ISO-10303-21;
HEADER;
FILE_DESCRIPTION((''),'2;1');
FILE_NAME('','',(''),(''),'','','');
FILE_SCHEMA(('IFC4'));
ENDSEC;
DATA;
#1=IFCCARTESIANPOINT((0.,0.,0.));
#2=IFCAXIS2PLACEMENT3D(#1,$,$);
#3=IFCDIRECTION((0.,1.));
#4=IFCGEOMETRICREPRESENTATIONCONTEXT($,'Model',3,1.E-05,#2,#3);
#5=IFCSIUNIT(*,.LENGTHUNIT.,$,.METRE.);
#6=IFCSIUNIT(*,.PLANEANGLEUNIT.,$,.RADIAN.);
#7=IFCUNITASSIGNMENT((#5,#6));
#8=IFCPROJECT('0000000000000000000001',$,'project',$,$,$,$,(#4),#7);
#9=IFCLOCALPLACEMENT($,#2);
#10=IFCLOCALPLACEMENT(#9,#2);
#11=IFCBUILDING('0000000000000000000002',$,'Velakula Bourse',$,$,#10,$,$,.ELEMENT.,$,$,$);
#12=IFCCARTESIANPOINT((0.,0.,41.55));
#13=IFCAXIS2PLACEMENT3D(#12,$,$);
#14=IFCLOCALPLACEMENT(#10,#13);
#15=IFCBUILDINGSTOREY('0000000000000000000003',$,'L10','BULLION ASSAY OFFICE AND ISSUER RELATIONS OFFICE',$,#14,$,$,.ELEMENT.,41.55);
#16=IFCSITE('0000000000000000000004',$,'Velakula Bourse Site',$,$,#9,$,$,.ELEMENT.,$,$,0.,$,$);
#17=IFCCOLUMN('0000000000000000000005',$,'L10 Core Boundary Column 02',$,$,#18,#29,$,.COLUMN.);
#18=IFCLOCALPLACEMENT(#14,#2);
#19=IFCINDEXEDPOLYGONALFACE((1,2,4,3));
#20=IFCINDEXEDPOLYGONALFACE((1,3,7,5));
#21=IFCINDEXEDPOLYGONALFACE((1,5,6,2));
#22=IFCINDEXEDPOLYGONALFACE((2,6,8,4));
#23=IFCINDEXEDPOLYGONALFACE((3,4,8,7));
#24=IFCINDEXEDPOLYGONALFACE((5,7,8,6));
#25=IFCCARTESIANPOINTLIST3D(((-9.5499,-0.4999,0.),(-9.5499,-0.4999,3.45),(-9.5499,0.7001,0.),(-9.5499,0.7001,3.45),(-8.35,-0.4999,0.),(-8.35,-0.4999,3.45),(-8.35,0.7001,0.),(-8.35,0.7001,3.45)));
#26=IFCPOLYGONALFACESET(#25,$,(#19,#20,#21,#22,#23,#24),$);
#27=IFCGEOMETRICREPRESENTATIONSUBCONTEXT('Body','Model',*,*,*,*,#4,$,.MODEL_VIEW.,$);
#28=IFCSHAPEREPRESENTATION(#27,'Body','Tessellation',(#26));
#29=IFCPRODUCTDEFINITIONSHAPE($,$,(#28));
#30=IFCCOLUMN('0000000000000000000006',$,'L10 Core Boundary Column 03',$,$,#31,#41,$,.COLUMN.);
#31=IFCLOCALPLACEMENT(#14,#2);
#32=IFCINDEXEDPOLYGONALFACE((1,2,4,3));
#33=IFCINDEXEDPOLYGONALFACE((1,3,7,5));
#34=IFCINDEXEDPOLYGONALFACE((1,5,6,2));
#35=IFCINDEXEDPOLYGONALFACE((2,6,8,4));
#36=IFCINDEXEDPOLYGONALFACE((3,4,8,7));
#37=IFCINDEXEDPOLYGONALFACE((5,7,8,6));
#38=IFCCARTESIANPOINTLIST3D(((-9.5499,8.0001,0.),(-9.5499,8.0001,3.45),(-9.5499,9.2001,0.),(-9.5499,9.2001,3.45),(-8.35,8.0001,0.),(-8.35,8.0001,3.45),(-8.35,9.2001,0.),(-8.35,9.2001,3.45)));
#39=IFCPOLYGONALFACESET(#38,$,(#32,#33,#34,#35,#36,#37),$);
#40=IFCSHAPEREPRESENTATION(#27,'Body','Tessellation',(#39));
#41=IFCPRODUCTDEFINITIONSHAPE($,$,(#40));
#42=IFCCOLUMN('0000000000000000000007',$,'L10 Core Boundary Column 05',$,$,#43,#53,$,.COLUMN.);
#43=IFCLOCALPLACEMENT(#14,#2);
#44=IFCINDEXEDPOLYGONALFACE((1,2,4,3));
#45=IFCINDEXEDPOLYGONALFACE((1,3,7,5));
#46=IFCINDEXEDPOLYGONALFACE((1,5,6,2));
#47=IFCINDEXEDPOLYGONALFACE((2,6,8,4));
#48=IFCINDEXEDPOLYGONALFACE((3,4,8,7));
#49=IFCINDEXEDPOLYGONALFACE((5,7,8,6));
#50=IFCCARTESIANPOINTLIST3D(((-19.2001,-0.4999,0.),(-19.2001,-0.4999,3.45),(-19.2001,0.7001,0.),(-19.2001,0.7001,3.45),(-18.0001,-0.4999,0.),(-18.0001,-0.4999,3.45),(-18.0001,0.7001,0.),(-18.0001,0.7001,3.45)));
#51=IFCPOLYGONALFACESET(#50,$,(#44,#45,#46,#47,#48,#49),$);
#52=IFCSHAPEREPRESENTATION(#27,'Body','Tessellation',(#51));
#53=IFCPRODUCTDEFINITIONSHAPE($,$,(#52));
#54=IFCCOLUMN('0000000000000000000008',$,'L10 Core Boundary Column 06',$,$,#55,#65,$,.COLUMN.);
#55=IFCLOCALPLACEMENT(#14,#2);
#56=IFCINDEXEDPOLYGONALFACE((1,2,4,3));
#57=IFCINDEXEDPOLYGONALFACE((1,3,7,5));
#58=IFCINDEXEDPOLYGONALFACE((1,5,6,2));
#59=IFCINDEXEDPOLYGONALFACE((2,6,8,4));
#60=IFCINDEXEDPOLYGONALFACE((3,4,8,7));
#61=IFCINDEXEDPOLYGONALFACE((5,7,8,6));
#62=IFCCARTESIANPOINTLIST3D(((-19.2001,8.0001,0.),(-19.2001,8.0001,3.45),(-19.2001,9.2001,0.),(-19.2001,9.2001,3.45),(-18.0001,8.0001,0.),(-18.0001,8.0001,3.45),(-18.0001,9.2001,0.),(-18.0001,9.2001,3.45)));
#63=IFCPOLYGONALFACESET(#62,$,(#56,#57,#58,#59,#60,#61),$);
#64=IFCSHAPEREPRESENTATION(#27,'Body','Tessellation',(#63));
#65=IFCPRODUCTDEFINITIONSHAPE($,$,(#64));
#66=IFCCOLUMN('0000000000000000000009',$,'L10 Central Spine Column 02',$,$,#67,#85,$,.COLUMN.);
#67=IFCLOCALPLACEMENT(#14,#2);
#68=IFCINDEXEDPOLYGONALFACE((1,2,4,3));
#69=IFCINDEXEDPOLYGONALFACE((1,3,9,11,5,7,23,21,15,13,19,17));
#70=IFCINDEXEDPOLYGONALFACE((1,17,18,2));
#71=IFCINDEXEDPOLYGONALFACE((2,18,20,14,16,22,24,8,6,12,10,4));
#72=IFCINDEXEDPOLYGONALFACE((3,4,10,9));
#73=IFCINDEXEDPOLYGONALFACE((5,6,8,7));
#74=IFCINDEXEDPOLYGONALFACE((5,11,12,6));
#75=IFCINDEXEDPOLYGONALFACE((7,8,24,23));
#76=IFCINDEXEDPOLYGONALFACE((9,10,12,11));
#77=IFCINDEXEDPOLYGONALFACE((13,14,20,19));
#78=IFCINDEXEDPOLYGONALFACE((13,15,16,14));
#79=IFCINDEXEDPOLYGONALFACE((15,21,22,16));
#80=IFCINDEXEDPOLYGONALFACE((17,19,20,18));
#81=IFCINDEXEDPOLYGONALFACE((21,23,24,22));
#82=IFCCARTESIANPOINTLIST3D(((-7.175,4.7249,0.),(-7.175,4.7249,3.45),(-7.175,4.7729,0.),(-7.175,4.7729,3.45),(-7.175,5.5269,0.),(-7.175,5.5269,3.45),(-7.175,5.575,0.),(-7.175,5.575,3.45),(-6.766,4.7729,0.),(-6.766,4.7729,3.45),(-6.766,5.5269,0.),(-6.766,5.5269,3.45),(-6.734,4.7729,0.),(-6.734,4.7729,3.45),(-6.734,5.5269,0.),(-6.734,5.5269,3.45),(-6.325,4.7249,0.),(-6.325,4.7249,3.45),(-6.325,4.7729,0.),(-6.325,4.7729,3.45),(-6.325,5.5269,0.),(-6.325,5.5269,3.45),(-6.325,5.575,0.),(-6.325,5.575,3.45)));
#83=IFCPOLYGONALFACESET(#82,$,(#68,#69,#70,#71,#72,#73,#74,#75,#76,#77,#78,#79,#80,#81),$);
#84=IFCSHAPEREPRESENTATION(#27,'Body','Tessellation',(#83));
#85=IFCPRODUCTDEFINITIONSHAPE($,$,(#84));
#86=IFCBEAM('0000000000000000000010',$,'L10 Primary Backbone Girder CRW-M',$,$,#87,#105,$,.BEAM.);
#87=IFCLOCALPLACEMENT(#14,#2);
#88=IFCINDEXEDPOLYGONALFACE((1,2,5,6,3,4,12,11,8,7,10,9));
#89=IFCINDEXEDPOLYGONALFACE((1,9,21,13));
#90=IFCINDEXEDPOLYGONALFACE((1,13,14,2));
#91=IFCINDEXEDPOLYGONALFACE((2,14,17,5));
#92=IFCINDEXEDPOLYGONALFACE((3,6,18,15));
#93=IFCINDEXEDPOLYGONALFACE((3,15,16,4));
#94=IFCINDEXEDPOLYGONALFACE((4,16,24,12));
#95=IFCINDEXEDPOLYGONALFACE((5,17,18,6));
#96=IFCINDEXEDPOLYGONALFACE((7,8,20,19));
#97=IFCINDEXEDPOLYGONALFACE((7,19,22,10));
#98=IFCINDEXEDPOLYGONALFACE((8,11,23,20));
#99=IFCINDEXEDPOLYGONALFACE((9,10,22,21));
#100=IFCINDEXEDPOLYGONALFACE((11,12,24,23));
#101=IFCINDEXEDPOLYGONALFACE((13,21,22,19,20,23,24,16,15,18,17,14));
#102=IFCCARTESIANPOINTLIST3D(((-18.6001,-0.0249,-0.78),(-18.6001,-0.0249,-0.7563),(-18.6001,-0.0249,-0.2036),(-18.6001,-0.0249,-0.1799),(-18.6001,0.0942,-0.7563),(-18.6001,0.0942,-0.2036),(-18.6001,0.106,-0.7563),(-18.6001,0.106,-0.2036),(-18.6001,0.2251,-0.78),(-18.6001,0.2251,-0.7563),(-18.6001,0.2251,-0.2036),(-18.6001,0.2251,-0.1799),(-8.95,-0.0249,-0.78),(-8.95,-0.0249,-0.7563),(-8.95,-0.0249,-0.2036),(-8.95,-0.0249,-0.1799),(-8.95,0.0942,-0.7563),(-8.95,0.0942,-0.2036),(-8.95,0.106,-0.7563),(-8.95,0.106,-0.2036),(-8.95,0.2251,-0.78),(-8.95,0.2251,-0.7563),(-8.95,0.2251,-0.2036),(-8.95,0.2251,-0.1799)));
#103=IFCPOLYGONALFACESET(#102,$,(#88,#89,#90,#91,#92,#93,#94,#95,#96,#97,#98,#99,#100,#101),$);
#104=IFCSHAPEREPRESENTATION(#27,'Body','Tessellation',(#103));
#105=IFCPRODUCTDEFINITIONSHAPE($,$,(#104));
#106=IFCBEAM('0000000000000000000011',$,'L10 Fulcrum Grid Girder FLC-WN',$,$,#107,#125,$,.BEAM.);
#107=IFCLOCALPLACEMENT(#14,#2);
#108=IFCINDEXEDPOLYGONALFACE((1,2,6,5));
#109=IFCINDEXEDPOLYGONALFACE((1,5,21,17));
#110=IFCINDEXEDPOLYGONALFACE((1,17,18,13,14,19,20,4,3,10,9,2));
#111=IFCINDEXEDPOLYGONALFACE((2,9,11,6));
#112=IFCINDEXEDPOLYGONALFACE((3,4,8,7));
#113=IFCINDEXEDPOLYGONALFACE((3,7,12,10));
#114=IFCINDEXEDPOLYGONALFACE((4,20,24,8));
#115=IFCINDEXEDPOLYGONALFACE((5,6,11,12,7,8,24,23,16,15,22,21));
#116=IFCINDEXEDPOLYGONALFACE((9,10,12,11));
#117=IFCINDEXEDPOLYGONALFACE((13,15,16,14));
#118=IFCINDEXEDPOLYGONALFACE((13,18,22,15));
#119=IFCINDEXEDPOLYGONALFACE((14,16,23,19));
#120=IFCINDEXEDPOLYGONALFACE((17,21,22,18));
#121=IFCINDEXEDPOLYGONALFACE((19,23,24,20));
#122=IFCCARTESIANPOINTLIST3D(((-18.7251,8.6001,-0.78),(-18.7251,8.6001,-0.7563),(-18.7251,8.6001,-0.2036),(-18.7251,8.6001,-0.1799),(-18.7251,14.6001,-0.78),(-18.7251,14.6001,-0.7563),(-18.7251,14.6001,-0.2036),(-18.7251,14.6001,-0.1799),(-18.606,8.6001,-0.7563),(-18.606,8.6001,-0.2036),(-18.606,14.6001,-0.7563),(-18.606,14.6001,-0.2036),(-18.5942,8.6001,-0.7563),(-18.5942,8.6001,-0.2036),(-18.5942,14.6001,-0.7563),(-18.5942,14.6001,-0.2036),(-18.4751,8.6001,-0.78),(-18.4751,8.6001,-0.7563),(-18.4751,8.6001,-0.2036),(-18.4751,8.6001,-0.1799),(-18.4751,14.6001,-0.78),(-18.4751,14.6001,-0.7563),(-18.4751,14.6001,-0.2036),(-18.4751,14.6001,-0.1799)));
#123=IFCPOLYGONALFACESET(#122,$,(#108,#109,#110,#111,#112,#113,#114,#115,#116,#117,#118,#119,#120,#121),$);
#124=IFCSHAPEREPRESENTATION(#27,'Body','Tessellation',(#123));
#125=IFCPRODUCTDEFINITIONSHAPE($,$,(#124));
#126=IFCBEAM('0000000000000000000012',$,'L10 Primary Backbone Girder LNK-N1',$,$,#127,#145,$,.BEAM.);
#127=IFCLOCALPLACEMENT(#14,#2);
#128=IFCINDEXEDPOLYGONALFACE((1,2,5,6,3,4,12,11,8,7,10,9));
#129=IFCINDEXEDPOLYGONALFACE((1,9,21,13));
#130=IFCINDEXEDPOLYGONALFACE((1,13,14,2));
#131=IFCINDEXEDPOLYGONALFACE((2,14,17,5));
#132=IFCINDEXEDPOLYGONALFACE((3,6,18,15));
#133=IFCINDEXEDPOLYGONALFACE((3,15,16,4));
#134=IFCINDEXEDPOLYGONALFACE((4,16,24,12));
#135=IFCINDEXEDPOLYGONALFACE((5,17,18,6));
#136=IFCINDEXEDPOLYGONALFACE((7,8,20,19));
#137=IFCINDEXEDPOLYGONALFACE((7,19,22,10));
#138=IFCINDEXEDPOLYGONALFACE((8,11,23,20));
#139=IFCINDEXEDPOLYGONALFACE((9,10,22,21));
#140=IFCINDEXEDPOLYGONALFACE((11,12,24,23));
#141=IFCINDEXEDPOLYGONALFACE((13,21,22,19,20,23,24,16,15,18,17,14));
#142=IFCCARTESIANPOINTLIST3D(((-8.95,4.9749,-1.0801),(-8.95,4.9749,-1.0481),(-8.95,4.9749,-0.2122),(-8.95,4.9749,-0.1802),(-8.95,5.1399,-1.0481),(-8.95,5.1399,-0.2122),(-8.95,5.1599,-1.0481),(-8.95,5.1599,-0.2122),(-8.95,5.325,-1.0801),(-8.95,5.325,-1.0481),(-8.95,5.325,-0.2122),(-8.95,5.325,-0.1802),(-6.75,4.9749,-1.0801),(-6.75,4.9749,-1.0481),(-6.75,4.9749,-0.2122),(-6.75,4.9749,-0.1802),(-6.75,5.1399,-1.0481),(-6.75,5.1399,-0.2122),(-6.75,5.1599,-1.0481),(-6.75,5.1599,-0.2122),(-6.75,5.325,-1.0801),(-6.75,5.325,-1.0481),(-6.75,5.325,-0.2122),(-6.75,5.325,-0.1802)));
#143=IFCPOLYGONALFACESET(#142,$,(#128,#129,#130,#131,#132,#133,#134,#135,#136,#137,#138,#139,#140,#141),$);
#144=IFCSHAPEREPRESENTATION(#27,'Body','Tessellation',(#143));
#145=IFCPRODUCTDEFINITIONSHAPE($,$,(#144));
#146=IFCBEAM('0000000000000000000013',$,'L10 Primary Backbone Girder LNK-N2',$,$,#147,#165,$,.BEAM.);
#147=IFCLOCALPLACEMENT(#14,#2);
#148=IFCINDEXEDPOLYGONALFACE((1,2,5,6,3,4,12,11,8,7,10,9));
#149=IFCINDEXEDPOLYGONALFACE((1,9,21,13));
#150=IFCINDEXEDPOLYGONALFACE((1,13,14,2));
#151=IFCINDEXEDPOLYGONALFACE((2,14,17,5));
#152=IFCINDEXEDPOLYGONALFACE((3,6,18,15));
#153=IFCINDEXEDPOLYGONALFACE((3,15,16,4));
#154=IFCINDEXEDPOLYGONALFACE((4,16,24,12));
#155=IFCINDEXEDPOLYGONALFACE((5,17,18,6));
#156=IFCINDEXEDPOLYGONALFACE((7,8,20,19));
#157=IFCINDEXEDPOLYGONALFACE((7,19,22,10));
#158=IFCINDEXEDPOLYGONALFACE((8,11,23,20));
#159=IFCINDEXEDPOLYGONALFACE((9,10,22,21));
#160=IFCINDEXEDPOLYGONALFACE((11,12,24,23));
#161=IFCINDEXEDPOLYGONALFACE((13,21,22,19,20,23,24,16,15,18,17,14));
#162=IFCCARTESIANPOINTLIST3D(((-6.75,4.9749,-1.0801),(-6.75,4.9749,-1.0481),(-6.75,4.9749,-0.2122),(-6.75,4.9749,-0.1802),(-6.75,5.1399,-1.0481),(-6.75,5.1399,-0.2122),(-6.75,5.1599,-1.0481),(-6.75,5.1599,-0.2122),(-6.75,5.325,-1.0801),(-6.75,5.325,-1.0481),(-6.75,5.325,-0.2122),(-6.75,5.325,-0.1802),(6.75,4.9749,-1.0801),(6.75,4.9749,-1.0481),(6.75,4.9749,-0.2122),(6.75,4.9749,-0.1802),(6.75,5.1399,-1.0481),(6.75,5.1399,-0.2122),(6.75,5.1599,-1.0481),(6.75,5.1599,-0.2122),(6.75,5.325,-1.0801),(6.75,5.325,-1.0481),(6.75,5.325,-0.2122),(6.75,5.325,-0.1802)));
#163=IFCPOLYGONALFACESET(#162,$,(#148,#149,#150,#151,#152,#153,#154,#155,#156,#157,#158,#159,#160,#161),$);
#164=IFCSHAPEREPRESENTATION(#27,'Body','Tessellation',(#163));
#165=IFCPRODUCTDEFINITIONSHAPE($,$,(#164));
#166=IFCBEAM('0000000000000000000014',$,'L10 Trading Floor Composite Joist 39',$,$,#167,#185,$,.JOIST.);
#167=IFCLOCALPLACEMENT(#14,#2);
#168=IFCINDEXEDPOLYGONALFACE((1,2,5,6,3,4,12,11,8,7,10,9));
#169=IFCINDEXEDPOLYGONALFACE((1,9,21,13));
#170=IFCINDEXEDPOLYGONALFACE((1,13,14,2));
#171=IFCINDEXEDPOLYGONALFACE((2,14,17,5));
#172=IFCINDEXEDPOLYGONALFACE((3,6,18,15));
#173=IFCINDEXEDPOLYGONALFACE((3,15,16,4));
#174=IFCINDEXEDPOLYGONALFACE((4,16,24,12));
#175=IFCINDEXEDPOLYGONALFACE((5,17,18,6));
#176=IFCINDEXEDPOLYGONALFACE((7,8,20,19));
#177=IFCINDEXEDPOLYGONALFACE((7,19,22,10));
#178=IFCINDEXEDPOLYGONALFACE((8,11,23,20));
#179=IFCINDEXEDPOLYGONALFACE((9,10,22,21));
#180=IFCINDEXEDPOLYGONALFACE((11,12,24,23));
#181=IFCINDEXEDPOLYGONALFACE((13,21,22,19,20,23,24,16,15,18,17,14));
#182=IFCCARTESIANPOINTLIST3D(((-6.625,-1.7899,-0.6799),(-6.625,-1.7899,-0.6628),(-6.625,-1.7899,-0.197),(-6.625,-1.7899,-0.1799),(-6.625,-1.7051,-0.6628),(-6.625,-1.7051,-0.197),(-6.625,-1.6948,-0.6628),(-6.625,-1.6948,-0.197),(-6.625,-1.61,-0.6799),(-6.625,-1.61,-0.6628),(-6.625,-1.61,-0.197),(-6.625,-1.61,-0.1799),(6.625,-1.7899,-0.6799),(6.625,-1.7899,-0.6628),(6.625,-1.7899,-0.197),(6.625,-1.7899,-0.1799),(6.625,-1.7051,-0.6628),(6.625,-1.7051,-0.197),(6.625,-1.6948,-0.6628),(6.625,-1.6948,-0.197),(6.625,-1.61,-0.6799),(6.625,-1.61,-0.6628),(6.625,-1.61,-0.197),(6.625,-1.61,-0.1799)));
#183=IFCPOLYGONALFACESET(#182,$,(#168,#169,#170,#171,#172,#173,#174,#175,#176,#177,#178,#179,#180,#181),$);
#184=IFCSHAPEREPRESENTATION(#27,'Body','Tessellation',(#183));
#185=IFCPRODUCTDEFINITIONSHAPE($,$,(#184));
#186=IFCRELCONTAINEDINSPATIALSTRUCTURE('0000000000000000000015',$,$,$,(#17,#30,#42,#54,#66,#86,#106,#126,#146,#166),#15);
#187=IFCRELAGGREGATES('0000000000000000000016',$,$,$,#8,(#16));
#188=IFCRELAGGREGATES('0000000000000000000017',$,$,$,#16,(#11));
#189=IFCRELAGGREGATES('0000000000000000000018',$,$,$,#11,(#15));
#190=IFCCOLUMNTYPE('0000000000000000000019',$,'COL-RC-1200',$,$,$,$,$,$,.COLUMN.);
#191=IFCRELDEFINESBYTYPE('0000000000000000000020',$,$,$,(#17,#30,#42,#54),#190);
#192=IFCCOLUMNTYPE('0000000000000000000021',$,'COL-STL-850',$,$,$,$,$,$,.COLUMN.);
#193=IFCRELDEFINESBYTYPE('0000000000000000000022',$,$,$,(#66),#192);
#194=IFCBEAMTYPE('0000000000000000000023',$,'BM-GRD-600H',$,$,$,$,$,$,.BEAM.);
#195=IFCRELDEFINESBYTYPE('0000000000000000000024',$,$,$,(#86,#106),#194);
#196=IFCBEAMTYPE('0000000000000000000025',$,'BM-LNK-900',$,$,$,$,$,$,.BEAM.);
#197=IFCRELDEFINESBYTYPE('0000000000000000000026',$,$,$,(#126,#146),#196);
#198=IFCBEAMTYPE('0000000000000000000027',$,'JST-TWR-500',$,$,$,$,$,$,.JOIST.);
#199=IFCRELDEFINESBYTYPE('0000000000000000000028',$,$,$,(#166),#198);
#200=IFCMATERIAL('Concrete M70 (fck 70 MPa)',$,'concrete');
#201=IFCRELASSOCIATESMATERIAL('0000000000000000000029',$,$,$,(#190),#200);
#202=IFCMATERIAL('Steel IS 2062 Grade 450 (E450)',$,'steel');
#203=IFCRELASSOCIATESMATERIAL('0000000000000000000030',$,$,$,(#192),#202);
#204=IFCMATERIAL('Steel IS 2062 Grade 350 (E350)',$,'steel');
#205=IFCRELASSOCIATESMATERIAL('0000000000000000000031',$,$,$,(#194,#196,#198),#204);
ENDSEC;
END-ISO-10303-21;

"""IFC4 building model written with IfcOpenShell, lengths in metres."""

from ifc_helpers import new_model, si_unit, direction, frame, origin, origin_2d, place, context, subcontext, project, spatial, rectangle, i_section, extrude, material, material_profile, profile_set, type_object, element, save


model = new_model("IFC4")

# Units and contexts
model_context = context("Model", 3, precision=1e-05, world=origin(), true_north=direction((0.0, 1.0)))
body_context = subcontext(model_context, "Body", "Model", "MODEL_VIEW")
ifc_project = project(units=[si_unit("LENGTHUNIT", "METRE"), si_unit("PLANEANGLEUNIT", "RADIAN")], contexts=[model_context])

# Site, building, storey
site_placement = place(None, origin())
site = spatial("IfcSite", under=ifc_project, at=site_placement, Name="Velakula Bourse Site", CompositionType="ELEMENT", RefElevation=0.0)
building_placement = place(site_placement, origin())
building = spatial("IfcBuilding", under=site, at=building_placement, Name="Velakula Bourse", CompositionType="ELEMENT")
storey_placement = place(building_placement, frame((0.0, 0.0, 41.55)))
storey = spatial("IfcBuildingStorey", under=building, at=storey_placement, Name="L10", Description="BULLION ASSAY OFFICE AND ISSUER RELATIONS OFFICE", CompositionType="ELEMENT", Elevation=41.55)

# Columns
ifc_material_1 = material(Name="Concrete M70 (fck 70 MPa)", Category="concrete")
ifc_material_profile_1 = material_profile(ifc_material_1, rectangle(XDim=1.2, YDim=1.2, at=origin_2d()), Name="Concrete M70 (fck 70 MPa)")
ifc_profile_set_1 = profile_set([ifc_material_profile_1], Name="Concrete M70 (fck 70 MPa)")
column_type_1 = type_object("IfcColumnType", Name="COL-RC-1200", PredefinedType="COLUMN", material=ifc_profile_set_1)
for number, where, z_axis, x_axis, name in (
    (1, (-8.95, 0.1001, 0.0), (0.0, 0.0, 1.0), (1.0, 0.0, 0.0), "L10 Core Boundary Column 02"),
    (2, (-8.95, 8.6001, 0.0), (0.0, 0.0, 1.0), (1.0, 0.0, 0.0), "L10 Core Boundary Column 03"),
    (3, (-18.6001, 0.1001, 0.0), (0.0, 0.0, 1.0), (1.0, 0.0, 0.0), "L10 Core Boundary Column 05"),
    (4, (-18.6001, 8.6001, 0.0), (0.0, 0.0, 1.0), (1.0, 0.0, 0.0), "L10 Core Boundary Column 06"),
):
    element("IfcColumn", number, at=place(storey_placement, frame(where, z_axis=z_axis, x_axis=x_axis)), inside=storey, type_object=column_type_1, Name=name, PredefinedType="COLUMN", context=body_context, shape_type="SweptSolid", body=[
        extrude(rectangle(XDim=1.2, YDim=1.2, at=origin_2d()), origin(), (0.0, 0.0, 1.0), 3.45),
    ])
ifc_material_2 = material(Name="Steel IS 2062 Grade 450 (E450)", Category="steel")
ifc_material_profile_2 = material_profile(ifc_material_2, i_section(OverallWidth=0.8501, OverallDepth=0.8501, WebThickness=0.032, FlangeThickness=0.0481, at=origin_2d()), Name="Steel IS 2062 Grade 450 (E450)")
ifc_profile_set_2 = profile_set([ifc_material_profile_2], Name="Steel IS 2062 Grade 450 (E450)")
column_type_2 = type_object("IfcColumnType", Name="COL-STL-850", PredefinedType="COLUMN", material=ifc_profile_set_2)
column_placement = place(storey_placement, frame((-6.75, 5.1499, 0.0), z_axis=(0.0, 0.0, 1.0), x_axis=(1.0, 0.0, 0.0)))
element("IfcColumn", 5, at=column_placement, inside=storey, type_object=column_type_2, Name="L10 Central Spine Column 02", PredefinedType="COLUMN", context=body_context, shape_type="SweptSolid", body=[
    extrude(i_section(OverallWidth=0.8501, OverallDepth=0.8501, WebThickness=0.032, FlangeThickness=0.0481, at=origin_2d()), origin(), (0.0, 0.0, 1.0), 3.45),
])

# Beams
ifc_material_3 = material(Name="Steel IS 2062 Grade 350 (E350)", Category="steel")
ifc_material_profile_3 = material_profile(ifc_material_3, i_section(OverallWidth=0.25, OverallDepth=0.6001, WebThickness=0.0117, FlangeThickness=0.0237, at=origin_2d()), Name="Steel IS 2062 Grade 350 (E350)")
ifc_profile_set_3 = profile_set([ifc_material_profile_3], Name="Steel IS 2062 Grade 350 (E350)")
beam_type_1 = type_object("IfcBeamType", Name="BM-GRD-600H", PredefinedType="BEAM", material=ifc_profile_set_3)
beam_1_placement = place(storey_placement, frame((-18.6001, 0.1001, -0.48), z_axis=(1.0, 0.0, 0.0), x_axis=(0.0, 1.0, 0.0)))
element("IfcBeam", 6, at=beam_1_placement, inside=storey, type_object=beam_type_1, Name="L10 Primary Backbone Girder CRW-M", PredefinedType="BEAM", context=body_context, shape_type="SweptSolid", body=[
    extrude(i_section(OverallWidth=0.25, OverallDepth=0.6001, WebThickness=0.0117, FlangeThickness=0.0237, at=origin_2d()), origin(), (0.0, 0.0, 1.0), 9.6501),
])
beam_2_placement = place(storey_placement, frame((-18.6001, 8.6001, -0.48), z_axis=(0.0, 1.0, 0.0), x_axis=(-1.0, 0.0, 0.0)))
element("IfcBeam", 7, at=beam_2_placement, inside=storey, type_object=beam_type_1, Name="L10 Fulcrum Grid Girder FLC-WN", PredefinedType="BEAM", context=body_context, shape_type="SweptSolid", body=[
    extrude(i_section(OverallWidth=0.25, OverallDepth=0.6001, WebThickness=0.0117, FlangeThickness=0.0237, at=origin_2d()), origin(), (0.0, 0.0, 1.0), 6.0),
])
ifc_material_profile_4 = material_profile(ifc_material_3, i_section(OverallWidth=0.3501, OverallDepth=0.8999, WebThickness=0.02, FlangeThickness=0.032, at=origin_2d()), Name="Steel IS 2062 Grade 350 (E350)")
ifc_profile_set_4 = profile_set([ifc_material_profile_4], Name="Steel IS 2062 Grade 350 (E350)")
beam_type_2 = type_object("IfcBeamType", Name="BM-LNK-900", PredefinedType="BEAM", material=ifc_profile_set_4)
beam_3_placement = place(storey_placement, frame((-8.95, 5.1499, -0.6301), z_axis=(1.0, 0.0, 0.0), x_axis=(0.0, 1.0, 0.0)))
element("IfcBeam", 8, at=beam_3_placement, inside=storey, type_object=beam_type_2, Name="L10 Primary Backbone Girder LNK-N1", PredefinedType="BEAM", context=body_context, shape_type="SweptSolid", body=[
    extrude(i_section(OverallWidth=0.3501, OverallDepth=0.8999, WebThickness=0.02, FlangeThickness=0.032, at=origin_2d()), origin(), (0.0, 0.0, 1.0), 2.2),
])
beam_4_placement = place(storey_placement, frame((-6.75, 5.1499, -0.6301), z_axis=(1.0, 0.0, 0.0), x_axis=(0.0, 1.0, 0.0)))
element("IfcBeam", 9, at=beam_4_placement, inside=storey, type_object=beam_type_2, Name="L10 Primary Backbone Girder LNK-N2", PredefinedType="BEAM", context=body_context, shape_type="SweptSolid", body=[
    extrude(i_section(OverallWidth=0.3501, OverallDepth=0.8999, WebThickness=0.02, FlangeThickness=0.032, at=origin_2d()), origin(), (0.0, 0.0, 1.0), 13.5),
])
ifc_material_profile_5 = material_profile(ifc_material_3, i_section(OverallWidth=0.1799, OverallDepth=0.5, WebThickness=0.0103, FlangeThickness=0.0171, at=origin_2d()), Name="Steel IS 2062 Grade 350 (E350)")
ifc_profile_set_5 = profile_set([ifc_material_profile_5], Name="Steel IS 2062 Grade 350 (E350)")
beam_type_3 = type_object("IfcBeamType", Name="JST-TWR-500", PredefinedType="JOIST", material=ifc_profile_set_5)
beam_5_placement = place(storey_placement, frame((-6.625, -1.7, -0.4299), z_axis=(1.0, 0.0, 0.0), x_axis=(0.0, 1.0, 0.0)))
element("IfcBeam", 10, at=beam_5_placement, inside=storey, type_object=beam_type_3, Name="L10 Trading Floor Composite Joist 39", PredefinedType="JOIST", context=body_context, shape_type="SweptSolid", body=[
    extrude(i_section(OverallWidth=0.1799, OverallDepth=0.5, WebThickness=0.0103, FlangeThickness=0.0171, at=origin_2d()), origin(), (0.0, 0.0, 1.0), 13.25),
])

save(model, "model.ifc")
